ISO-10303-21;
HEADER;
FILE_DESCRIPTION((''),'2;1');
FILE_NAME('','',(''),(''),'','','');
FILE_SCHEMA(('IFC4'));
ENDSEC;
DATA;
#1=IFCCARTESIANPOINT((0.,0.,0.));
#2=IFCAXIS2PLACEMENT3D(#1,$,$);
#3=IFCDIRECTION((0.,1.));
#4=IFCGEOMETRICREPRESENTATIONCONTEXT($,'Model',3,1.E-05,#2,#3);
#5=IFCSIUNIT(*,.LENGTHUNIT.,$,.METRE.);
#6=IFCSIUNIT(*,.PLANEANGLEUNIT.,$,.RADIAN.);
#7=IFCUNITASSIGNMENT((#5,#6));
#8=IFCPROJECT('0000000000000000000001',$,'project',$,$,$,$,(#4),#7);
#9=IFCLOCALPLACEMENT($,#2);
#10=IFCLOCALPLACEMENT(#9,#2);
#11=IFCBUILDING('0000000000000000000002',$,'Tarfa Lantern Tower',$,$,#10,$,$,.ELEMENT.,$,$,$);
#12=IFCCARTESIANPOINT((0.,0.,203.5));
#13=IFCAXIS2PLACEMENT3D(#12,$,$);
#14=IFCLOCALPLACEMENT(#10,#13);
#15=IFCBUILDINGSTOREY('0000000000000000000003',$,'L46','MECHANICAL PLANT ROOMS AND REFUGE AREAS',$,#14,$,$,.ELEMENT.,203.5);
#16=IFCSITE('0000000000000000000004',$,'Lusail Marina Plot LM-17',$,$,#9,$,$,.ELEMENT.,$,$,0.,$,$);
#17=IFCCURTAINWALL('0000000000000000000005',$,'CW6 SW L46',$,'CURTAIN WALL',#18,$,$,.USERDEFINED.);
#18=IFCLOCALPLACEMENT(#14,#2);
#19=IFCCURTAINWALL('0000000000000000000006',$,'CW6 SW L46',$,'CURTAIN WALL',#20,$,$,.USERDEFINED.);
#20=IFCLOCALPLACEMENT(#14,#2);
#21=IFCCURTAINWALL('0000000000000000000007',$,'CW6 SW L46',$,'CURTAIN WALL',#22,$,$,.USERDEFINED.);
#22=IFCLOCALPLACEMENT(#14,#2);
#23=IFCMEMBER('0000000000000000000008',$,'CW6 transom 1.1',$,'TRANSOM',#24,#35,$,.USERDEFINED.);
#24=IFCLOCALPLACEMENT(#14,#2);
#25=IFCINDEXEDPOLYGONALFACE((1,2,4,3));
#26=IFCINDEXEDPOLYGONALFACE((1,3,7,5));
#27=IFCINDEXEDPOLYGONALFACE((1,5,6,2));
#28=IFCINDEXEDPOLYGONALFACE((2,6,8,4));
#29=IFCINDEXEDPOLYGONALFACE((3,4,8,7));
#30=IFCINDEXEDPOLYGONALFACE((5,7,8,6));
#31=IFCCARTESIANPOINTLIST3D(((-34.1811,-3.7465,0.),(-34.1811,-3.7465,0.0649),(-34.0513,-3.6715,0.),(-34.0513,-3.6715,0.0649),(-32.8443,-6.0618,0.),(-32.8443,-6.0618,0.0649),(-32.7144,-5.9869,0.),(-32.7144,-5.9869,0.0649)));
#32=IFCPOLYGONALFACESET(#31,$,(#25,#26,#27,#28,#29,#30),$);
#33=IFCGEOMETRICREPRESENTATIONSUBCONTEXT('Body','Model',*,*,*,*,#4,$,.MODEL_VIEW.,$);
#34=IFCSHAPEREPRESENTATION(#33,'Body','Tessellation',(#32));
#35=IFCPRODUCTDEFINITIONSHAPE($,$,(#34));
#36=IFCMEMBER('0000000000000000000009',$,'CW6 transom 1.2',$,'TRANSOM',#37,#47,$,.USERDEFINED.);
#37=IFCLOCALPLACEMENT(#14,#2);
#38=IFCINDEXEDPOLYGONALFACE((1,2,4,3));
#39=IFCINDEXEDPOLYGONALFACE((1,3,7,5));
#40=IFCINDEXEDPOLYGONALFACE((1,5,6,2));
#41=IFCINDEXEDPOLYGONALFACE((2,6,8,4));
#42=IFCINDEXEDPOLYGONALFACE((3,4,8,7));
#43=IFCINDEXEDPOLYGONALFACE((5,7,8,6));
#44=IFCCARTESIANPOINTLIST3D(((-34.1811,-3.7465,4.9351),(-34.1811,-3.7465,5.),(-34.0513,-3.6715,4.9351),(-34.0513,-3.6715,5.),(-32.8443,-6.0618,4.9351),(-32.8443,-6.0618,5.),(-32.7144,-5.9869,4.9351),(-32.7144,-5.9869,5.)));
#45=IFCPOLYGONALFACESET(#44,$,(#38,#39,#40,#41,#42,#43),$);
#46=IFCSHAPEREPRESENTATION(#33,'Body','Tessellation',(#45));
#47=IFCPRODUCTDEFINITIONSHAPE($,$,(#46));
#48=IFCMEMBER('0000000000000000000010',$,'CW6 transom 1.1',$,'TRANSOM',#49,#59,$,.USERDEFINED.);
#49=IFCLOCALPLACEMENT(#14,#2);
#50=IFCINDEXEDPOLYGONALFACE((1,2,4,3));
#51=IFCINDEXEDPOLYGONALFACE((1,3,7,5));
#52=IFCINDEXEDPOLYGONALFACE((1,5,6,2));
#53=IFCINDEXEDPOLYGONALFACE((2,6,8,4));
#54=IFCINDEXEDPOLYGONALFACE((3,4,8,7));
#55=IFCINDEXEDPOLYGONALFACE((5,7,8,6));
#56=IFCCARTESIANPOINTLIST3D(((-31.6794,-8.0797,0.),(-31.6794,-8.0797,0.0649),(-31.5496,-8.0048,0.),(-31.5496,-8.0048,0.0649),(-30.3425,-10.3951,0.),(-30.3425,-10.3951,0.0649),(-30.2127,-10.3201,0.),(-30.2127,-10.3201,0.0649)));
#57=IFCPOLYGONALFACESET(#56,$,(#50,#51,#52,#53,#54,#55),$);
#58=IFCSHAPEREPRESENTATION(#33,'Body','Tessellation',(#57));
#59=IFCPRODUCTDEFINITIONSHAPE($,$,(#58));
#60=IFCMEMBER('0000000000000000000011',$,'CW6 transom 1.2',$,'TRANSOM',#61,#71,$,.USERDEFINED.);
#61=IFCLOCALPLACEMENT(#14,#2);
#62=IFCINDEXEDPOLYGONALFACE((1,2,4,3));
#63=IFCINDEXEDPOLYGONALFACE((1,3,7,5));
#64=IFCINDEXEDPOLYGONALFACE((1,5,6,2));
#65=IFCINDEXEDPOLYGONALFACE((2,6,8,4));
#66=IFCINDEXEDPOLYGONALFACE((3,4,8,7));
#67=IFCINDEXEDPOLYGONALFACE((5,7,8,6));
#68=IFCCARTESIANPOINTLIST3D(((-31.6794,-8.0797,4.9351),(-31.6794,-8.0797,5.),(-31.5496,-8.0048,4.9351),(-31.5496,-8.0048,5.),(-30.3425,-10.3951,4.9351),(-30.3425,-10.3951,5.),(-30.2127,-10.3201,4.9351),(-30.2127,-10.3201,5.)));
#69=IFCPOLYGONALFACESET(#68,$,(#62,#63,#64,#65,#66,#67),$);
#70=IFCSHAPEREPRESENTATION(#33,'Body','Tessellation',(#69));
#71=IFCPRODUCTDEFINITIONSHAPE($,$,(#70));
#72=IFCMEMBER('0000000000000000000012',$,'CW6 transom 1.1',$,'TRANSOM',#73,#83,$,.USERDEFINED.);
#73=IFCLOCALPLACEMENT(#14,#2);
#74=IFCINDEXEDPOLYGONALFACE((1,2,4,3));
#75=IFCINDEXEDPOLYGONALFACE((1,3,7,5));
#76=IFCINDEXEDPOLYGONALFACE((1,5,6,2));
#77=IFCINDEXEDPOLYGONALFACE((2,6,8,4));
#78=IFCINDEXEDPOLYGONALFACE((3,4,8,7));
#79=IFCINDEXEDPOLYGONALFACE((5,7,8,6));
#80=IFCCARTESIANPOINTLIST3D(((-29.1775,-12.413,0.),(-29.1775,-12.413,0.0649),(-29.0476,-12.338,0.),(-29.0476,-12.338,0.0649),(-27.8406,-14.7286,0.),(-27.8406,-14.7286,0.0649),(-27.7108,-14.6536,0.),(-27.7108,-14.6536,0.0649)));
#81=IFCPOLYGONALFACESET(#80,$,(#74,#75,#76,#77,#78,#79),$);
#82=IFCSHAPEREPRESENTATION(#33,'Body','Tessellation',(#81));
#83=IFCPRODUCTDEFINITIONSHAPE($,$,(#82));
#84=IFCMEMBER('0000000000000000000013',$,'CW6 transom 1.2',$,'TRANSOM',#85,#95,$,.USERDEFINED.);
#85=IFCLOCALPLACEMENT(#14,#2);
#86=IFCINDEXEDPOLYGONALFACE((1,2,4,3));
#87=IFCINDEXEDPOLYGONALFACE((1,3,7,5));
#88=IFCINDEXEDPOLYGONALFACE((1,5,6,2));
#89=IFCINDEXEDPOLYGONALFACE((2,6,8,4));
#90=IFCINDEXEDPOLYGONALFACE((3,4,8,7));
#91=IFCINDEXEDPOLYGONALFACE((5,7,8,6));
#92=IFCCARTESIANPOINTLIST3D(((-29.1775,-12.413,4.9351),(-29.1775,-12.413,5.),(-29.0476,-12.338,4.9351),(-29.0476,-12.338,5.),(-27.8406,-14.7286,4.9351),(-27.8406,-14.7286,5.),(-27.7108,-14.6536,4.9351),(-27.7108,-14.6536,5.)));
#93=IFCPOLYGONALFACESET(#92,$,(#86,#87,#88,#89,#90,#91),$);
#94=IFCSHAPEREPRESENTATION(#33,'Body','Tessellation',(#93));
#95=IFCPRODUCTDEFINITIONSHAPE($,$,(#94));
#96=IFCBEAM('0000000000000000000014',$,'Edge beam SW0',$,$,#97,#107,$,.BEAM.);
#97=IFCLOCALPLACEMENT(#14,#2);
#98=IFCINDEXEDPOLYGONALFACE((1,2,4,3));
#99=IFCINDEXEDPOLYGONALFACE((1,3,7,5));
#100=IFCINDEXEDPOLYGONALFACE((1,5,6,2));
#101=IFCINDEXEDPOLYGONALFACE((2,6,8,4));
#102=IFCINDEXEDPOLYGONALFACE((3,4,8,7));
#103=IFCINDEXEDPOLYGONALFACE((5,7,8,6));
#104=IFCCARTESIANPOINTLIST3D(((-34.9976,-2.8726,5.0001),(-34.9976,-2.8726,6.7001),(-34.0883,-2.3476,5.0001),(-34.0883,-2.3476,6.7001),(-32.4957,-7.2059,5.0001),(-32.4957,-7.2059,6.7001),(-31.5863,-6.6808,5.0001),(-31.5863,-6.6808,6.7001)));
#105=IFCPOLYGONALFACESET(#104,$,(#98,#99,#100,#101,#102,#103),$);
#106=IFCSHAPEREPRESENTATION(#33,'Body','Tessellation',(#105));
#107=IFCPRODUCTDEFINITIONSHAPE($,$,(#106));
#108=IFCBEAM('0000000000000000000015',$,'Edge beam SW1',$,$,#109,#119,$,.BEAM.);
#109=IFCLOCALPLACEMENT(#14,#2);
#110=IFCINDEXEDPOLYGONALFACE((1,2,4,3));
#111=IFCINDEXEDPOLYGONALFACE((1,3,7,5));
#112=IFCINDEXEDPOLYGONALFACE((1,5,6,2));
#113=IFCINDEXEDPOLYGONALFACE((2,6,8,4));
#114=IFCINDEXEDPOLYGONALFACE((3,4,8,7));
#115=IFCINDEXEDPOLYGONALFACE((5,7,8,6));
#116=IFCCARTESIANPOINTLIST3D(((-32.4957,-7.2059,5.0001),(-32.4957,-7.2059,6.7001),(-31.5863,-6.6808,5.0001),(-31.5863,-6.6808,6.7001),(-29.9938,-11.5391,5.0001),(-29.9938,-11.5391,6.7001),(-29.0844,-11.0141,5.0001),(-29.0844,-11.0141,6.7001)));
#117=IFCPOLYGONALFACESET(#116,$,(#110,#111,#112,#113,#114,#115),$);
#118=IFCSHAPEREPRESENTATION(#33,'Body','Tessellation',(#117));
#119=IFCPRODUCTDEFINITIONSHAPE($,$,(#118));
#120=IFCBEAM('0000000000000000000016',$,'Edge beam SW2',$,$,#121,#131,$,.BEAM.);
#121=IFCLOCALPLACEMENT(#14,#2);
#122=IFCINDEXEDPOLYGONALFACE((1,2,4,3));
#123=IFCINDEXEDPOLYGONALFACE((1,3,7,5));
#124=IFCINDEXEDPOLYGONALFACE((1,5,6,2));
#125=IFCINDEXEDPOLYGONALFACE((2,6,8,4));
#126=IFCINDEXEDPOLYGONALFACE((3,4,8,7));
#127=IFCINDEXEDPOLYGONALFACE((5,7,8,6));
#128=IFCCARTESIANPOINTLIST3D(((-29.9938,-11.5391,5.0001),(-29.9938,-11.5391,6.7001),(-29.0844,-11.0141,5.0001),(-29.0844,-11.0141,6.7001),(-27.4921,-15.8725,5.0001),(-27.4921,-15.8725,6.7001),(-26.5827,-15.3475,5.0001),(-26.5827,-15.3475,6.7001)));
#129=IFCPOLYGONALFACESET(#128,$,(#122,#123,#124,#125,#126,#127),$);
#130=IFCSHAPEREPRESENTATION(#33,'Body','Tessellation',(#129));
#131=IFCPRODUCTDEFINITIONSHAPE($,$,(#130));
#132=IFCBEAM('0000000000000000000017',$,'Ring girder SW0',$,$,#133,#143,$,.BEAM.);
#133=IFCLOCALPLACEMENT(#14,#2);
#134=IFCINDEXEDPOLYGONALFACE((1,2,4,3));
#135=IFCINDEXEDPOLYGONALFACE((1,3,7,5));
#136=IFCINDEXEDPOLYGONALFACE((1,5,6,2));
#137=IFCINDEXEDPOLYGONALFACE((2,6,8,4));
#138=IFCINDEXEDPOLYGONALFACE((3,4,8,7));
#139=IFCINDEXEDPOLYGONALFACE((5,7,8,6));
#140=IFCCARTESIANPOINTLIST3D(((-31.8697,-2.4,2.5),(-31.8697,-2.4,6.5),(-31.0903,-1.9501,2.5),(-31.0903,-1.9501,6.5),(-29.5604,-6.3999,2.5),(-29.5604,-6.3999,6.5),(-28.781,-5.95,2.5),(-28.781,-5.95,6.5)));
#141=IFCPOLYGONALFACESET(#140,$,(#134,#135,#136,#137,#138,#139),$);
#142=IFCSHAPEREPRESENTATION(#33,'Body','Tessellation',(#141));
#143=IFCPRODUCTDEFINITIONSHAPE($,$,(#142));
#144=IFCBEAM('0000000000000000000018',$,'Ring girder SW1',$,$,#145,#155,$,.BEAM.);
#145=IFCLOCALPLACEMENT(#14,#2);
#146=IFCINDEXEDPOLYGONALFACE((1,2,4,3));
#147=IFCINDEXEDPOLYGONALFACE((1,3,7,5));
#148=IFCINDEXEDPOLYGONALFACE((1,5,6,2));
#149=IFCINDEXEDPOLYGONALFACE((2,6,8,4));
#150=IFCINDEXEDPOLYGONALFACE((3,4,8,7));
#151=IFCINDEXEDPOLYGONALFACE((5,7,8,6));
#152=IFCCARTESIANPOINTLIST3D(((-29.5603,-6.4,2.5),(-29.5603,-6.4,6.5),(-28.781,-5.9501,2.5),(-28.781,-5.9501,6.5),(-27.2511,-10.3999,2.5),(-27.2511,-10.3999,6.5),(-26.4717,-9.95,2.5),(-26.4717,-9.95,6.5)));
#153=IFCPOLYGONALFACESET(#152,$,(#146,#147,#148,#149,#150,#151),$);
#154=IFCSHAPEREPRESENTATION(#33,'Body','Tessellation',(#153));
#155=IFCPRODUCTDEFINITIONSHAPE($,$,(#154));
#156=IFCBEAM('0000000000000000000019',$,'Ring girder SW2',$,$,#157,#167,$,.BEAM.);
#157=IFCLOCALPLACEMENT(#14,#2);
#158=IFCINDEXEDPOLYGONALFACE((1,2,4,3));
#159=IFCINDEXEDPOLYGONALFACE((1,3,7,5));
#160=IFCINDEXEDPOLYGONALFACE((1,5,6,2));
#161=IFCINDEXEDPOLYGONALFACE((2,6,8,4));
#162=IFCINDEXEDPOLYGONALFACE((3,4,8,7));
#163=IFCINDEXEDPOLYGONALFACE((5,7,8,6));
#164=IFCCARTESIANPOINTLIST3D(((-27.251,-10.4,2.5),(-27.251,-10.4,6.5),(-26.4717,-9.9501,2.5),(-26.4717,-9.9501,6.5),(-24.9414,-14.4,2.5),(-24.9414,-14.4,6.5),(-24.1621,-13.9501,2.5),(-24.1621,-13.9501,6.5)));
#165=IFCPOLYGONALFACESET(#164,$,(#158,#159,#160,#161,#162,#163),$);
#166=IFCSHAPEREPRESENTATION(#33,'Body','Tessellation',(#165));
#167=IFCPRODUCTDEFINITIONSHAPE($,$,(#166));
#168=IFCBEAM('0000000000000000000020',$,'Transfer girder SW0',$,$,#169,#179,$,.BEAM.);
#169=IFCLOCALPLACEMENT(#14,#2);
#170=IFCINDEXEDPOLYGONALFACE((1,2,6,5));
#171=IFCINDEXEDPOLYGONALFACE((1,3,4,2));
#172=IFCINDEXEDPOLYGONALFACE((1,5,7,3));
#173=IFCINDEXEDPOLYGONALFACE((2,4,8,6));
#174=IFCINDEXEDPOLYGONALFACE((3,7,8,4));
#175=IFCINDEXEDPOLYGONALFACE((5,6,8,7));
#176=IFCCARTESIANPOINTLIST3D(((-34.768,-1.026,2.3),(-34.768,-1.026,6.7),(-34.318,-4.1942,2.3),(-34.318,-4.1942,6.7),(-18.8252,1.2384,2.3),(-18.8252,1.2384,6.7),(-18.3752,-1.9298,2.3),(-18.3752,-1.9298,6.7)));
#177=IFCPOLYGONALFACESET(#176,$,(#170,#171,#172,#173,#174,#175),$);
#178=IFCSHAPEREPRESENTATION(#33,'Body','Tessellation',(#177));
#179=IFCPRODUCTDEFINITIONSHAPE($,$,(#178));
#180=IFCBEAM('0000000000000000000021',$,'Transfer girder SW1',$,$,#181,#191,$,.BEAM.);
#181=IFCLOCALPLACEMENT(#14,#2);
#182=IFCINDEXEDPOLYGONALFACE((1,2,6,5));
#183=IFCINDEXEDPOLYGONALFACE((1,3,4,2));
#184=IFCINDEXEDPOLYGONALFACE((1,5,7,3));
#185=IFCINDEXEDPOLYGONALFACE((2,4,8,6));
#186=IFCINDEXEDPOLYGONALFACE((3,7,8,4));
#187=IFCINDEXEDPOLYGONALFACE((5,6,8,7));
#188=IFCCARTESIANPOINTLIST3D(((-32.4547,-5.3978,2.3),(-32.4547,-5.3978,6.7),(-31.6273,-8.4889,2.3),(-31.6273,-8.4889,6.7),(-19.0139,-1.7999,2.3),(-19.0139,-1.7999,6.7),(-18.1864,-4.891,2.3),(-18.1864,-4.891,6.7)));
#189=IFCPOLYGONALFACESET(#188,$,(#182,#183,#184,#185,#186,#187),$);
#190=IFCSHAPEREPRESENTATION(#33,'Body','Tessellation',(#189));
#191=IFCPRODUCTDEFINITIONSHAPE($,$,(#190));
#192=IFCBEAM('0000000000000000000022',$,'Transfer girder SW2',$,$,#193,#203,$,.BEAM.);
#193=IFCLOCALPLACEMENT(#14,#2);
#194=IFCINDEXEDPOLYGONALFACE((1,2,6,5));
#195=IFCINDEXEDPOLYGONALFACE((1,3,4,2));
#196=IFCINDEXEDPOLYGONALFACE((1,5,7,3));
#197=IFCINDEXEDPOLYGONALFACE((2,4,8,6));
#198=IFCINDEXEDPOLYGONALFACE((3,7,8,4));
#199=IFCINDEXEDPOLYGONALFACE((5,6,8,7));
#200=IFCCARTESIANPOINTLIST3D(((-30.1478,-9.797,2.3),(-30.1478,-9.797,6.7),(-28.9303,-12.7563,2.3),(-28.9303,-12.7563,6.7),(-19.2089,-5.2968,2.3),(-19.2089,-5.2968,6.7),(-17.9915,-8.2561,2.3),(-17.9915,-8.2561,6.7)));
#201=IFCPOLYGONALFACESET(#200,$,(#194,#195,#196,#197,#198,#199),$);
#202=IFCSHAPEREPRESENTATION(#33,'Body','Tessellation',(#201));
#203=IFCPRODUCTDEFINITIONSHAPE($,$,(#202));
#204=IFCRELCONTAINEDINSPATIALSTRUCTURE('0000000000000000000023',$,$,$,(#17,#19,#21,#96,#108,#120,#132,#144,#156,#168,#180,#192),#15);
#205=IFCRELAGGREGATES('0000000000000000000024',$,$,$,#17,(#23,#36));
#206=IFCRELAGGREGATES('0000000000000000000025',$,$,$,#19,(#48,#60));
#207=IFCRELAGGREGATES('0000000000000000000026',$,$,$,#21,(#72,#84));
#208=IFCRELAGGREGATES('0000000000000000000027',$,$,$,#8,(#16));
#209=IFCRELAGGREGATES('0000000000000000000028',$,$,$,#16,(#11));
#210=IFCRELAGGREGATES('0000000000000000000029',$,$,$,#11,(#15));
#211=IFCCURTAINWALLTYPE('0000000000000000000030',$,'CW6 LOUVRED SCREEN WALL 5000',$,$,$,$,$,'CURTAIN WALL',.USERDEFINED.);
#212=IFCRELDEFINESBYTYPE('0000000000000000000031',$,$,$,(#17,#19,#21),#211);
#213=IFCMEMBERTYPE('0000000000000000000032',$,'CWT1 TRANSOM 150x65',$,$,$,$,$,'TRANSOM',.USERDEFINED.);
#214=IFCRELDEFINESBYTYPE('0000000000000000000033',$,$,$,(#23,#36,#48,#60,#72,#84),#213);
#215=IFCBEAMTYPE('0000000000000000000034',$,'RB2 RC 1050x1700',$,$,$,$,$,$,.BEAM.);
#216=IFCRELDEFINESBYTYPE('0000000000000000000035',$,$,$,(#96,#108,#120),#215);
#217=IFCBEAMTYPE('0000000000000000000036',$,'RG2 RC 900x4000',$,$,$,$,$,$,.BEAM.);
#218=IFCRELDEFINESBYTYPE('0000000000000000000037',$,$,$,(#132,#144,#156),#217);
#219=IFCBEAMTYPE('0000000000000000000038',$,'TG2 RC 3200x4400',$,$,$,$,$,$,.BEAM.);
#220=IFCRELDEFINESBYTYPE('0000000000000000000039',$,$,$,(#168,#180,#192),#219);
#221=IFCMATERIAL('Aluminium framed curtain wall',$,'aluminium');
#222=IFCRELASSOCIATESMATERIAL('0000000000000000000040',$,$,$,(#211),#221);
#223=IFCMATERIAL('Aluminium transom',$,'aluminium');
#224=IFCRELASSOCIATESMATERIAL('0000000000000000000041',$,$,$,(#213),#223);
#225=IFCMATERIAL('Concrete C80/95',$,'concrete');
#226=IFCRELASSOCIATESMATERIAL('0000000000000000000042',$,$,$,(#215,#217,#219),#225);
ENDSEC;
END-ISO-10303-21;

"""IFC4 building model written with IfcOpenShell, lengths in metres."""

from ifc_helpers import new_model, si_unit, direction, frame, origin, origin_2d, place, context, subcontext, project, spatial, rectangle, extrude, material, material_profile, profile_set, type_object, element, aggregate, save


model = new_model("IFC4")

# Units and contexts
model_context = context("Model", 3, precision=1e-05, world=origin(), true_north=direction((0.0, 1.0)))
body_context = subcontext(model_context, "Body", "Model", "MODEL_VIEW")
ifc_project = project(units=[si_unit("LENGTHUNIT", "METRE"), si_unit("PLANEANGLEUNIT", "RADIAN")], contexts=[model_context])

# Site, building, storey
site_placement = place(None, origin())
site = spatial("IfcSite", under=ifc_project, at=site_placement, Name="Lusail Marina Plot LM-17", CompositionType="ELEMENT", RefElevation=0.0)
building_placement = place(site_placement, origin())
building = spatial("IfcBuilding", under=site, at=building_placement, Name="Tarfa Lantern Tower", CompositionType="ELEMENT")
storey_placement = place(building_placement, frame((0.0, 0.0, 203.5)))
storey = spatial("IfcBuildingStorey", under=building, at=storey_placement, Name="L46", Description="MECHANICAL PLANT ROOMS AND REFUGE AREAS", CompositionType="ELEMENT", Elevation=203.5)

# Shared definitions
ifc_material_1 = material(Name="Concrete C80/95", Category="concrete")

# Curtain walls
ifc_material_2 = material(Name="Aluminium framed curtain wall", Category="aluminium")
curtain_wall_type = type_object("IfcCurtainWallType", Name="CW6 LOUVRED SCREEN WALL 5000", ElementType="CURTAIN WALL", PredefinedType="USERDEFINED", material=ifc_material_2)
curtain_wall_1_placement = place(storey_placement, origin())
curtain_wall_1 = element("IfcCurtainWall", 1, at=curtain_wall_1_placement, inside=storey, type_object=curtain_wall_type, Name="CW6 SW L46", ObjectType="CURTAIN WALL", PredefinedType="USERDEFINED")
curtain_wall_2_placement = place(storey_placement, origin())
curtain_wall_2 = element("IfcCurtainWall", 2, at=curtain_wall_2_placement, inside=storey, type_object=curtain_wall_type, Name="CW6 SW L46", ObjectType="CURTAIN WALL", PredefinedType="USERDEFINED")

# Curtain wall
curtain_wall_3_placement = place(storey_placement, origin())
curtain_wall_3 = element("IfcCurtainWall", 3, at=curtain_wall_3_placement, inside=storey, type_object=curtain_wall_type, Name="CW6 SW L46", ObjectType="CURTAIN WALL", PredefinedType="USERDEFINED")

# Members
ifc_material_3 = material(Name="Aluminium transom", Category="aluminium")
ifc_material_profile_1 = material_profile(ifc_material_3, rectangle(XDim=0.1499, YDim=0.0649, at=origin_2d()), Name="AL TRANSOM 150x65")
ifc_profile_set_1 = profile_set([ifc_material_profile_1], Name="Aluminium transom")
member_type_1 = type_object("IfcMemberType", Name="CWT1 TRANSOM 150x65", ElementType="TRANSOM", PredefinedType="USERDEFINED", material=ifc_profile_set_1)
member_1_placement = place(storey_placement, frame((-34.1162, -3.709, 0.0325), z_axis=(0.500028, -0.866009, 0.0), x_axis=(0.866009, 0.500028, 0.0)))
member_1 = element("IfcMember", 4, at=member_1_placement, type_object=member_type_1, Name="CW6 transom 1.1", ObjectType="TRANSOM", PredefinedType="USERDEFINED", context=body_context, shape_type="SweptSolid", body=[
    extrude(rectangle(XDim=0.1499, YDim=0.0649, at=origin_2d()), origin(), (0.0, 0.0, 1.0), 2.6736),
])
member_2_placement = place(storey_placement, frame((-34.1162, -3.709, 4.9675), z_axis=(0.500028, -0.866009, 0.0), x_axis=(0.866009, 0.500028, 0.0)))
member_2 = element("IfcMember", 5, at=member_2_placement, type_object=member_type_1, Name="CW6 transom 1.2", ObjectType="TRANSOM", PredefinedType="USERDEFINED", context=body_context, shape_type="SweptSolid", body=[
    extrude(rectangle(XDim=0.1499, YDim=0.0649, at=origin_2d()), origin(), (0.0, 0.0, 1.0), 2.6736),
])
member_3_placement = place(storey_placement, frame((-31.6145, -8.0422, 0.0325), z_axis=(0.500028, -0.866009, 0.0), x_axis=(0.866009, 0.500028, 0.0)))
member_3 = element("IfcMember", 6, at=member_3_placement, type_object=member_type_1, Name="CW6 transom 1.1", ObjectType="TRANSOM", PredefinedType="USERDEFINED", context=body_context, shape_type="SweptSolid", body=[
    extrude(rectangle(XDim=0.1499, YDim=0.0649, at=origin_2d()), origin(), (0.0, 0.0, 1.0), 2.6736),
])
member_4_placement = place(storey_placement, frame((-31.6145, -8.0422, 4.9675), z_axis=(0.500028, -0.866009, 0.0), x_axis=(0.866009, 0.500028, 0.0)))
member_4 = element("IfcMember", 7, at=member_4_placement, type_object=member_type_1, Name="CW6 transom 1.2", ObjectType="TRANSOM", PredefinedType="USERDEFINED", context=body_context, shape_type="SweptSolid", body=[
    extrude(rectangle(XDim=0.1499, YDim=0.0649, at=origin_2d()), origin(), (0.0, 0.0, 1.0), 2.6736),
])
member_5_placement = place(storey_placement, frame((-29.1125, -12.3755, 0.0325), z_axis=(0.499989, -0.866032, 0.0), x_axis=(0.866032, 0.499989, 0.0)))
member_5 = element("IfcMember", 8, at=member_5_placement, type_object=member_type_1, Name="CW6 transom 1.1", ObjectType="TRANSOM", PredefinedType="USERDEFINED", context=body_context, shape_type="SweptSolid", body=[
    extrude(rectangle(XDim=0.1499, YDim=0.0649, at=origin_2d()), origin(), (0.0, 0.0, 1.0), 2.6738),
])
member_6_placement = place(storey_placement, frame((-29.1125, -12.3755, 4.9675), z_axis=(0.499989, -0.866032, 0.0), x_axis=(0.866032, 0.499989, 0.0)))
member_6 = element("IfcMember", 9, at=member_6_placement, type_object=member_type_1, Name="CW6 transom 1.2", ObjectType="TRANSOM", PredefinedType="USERDEFINED", context=body_context, shape_type="SweptSolid", body=[
    extrude(rectangle(XDim=0.1499, YDim=0.0649, at=origin_2d()), origin(), (0.0, 0.0, 1.0), 2.6738),
])

# Beams
ifc_material_profile_2 = material_profile(ifc_material_1, rectangle(XDim=1.05, YDim=1.7, at=origin_2d()), Name="RC 1050x1700")
ifc_profile_set_2 = profile_set([ifc_material_profile_2], Name="Concrete C80/95")
beam_type_1 = type_object("IfcBeamType", Name="RB2 RC 1050x1700", PredefinedType="BEAM", material=ifc_profile_set_2)
for number, where, z_axis, x_axis, name in (
    (10, (-34.543, -2.6101, 5.8501), (0.500022, -0.866013, 0.0), (0.866013, 0.500022, 0.0), "Edge beam SW0"),
    (11, (-32.041, -6.9434, 5.8501), (0.500022, -0.866013, 0.0), (0.866013, 0.500022, 0.0), "Edge beam SW1"),
    (12, (-29.5391, -11.2766, 5.8501), (0.499965, -0.866046, 0.0), (0.866046, 0.499965, 0.0), "Edge beam SW2"),
):
    element("IfcBeam", number, at=place(storey_placement, frame(where, z_axis=z_axis, x_axis=x_axis)), inside=storey, type_object=beam_type_1, Name=name, PredefinedType="BEAM", context=body_context, shape_type="SweptSolid", body=[
        extrude(rectangle(XDim=1.05, YDim=1.7, at=origin_2d()), origin(), (0.0, 0.0, 1.0), 5.0037),
    ])
ifc_material_profile_3 = material_profile(ifc_material_1, rectangle(XDim=0.8999, YDim=4.0, at=origin_2d()), Name="RC 900x4000")
ifc_profile_set_3 = profile_set([ifc_material_profile_3], Name="Concrete C80/95")
beam_type_2 = type_object("IfcBeamType", Name="RG2 RC 900x4000", PredefinedType="BEAM", material=ifc_profile_set_3)
for number, where, z_axis, x_axis, name in (
    (13, (-31.48, -2.175, 4.5), (0.499988, -0.866032, 0.0), (0.866032, 0.499988, 0.0), "Ring girder SW0"),
    (14, (-29.1707, -6.175, 4.5), (0.499988, -0.866032, 0.0), (0.866032, 0.499988, 0.0), "Ring girder SW1"),
):
    element("IfcBeam", number, at=place(storey_placement, frame(where, z_axis=z_axis, x_axis=x_axis)), inside=storey, type_object=beam_type_2, Name=name, PredefinedType="BEAM", context=body_context, shape_type="SweptSolid", body=[
        extrude(rectangle(XDim=0.8999, YDim=4.0, at=origin_2d()), origin(), (0.0, 0.0, 1.0), 4.6187),
    ])
beam_1_placement = place(storey_placement, frame((-26.8613, -10.175, 4.5), z_axis=(0.500027, -0.86601, 0.0), x_axis=(0.86601, 0.500027, 0.0)))
element("IfcBeam", 15, at=beam_1_placement, inside=storey, type_object=beam_type_2, Name="Ring girder SW2", PredefinedType="BEAM", context=body_context, shape_type="SweptSolid", body=[
    extrude(rectangle(XDim=0.8999, YDim=4.0, at=origin_2d()), origin(), (0.0, 0.0, 1.0), 4.6189),
])
ifc_material_profile_4 = material_profile(ifc_material_1, rectangle(XDim=3.2, YDim=4.3999, at=origin_2d()), Name="RC 3200x4400")
ifc_profile_set_4 = profile_set([ifc_material_profile_4], Name="Concrete C80/95")
beam_type_3 = type_object("IfcBeamType", Name="TG2 RC 3200x4400", PredefinedType="BEAM", material=ifc_profile_set_4)
beam_2_placement = place(storey_placement, frame((-34.543, -2.6101, 4.5), z_axis=(0.990063, 0.140621, 0.0), x_axis=(-0.140621, 0.990063, 0.0)))
element("IfcBeam", 16, at=beam_2_placement, inside=storey, type_object=beam_type_3, Name="Transfer girder SW0", PredefinedType="BEAM", context=body_context, shape_type="SweptSolid", body=[
    extrude(rectangle(XDim=3.2, YDim=4.3999, at=origin_2d()), origin(), (0.0, 0.0, 1.0), 16.1028),
])
beam_3_placement = place(storey_placement, frame((-32.041, -6.9434, 4.5), z_axis=(0.96599, 0.258579, 0.0), x_axis=(-0.258579, 0.96599, 0.0)))
element("IfcBeam", 17, at=beam_3_placement, inside=storey, type_object=beam_type_3, Name="Transfer girder SW1", PredefinedType="BEAM", context=body_context, shape_type="SweptSolid", body=[
    extrude(rectangle(XDim=3.2, YDim=4.3999, at=origin_2d()), origin(), (0.0, 0.0, 1.0), 13.9141),
])
beam_4_placement = place(storey_placement, frame((-29.5391, -11.2766, 4.5), z_axis=(0.924798, 0.380458, 0.0), x_axis=(-0.380458, 0.924798, 0.0)))
element("IfcBeam", 18, at=beam_4_placement, inside=storey, type_object=beam_type_3, Name="Transfer girder SW2", PredefinedType="BEAM", context=body_context, shape_type="SweptSolid", body=[
    extrude(rectangle(XDim=3.2, YDim=4.3999, at=origin_2d()), origin(), (0.0, 0.0, 1.0), 11.8284),
])

aggregate(curtain_wall_1, [member_1, member_2])
aggregate(curtain_wall_2, [member_3, member_4])
aggregate(curtain_wall_3, [member_5, member_6])

save(model, "model.ifc")
